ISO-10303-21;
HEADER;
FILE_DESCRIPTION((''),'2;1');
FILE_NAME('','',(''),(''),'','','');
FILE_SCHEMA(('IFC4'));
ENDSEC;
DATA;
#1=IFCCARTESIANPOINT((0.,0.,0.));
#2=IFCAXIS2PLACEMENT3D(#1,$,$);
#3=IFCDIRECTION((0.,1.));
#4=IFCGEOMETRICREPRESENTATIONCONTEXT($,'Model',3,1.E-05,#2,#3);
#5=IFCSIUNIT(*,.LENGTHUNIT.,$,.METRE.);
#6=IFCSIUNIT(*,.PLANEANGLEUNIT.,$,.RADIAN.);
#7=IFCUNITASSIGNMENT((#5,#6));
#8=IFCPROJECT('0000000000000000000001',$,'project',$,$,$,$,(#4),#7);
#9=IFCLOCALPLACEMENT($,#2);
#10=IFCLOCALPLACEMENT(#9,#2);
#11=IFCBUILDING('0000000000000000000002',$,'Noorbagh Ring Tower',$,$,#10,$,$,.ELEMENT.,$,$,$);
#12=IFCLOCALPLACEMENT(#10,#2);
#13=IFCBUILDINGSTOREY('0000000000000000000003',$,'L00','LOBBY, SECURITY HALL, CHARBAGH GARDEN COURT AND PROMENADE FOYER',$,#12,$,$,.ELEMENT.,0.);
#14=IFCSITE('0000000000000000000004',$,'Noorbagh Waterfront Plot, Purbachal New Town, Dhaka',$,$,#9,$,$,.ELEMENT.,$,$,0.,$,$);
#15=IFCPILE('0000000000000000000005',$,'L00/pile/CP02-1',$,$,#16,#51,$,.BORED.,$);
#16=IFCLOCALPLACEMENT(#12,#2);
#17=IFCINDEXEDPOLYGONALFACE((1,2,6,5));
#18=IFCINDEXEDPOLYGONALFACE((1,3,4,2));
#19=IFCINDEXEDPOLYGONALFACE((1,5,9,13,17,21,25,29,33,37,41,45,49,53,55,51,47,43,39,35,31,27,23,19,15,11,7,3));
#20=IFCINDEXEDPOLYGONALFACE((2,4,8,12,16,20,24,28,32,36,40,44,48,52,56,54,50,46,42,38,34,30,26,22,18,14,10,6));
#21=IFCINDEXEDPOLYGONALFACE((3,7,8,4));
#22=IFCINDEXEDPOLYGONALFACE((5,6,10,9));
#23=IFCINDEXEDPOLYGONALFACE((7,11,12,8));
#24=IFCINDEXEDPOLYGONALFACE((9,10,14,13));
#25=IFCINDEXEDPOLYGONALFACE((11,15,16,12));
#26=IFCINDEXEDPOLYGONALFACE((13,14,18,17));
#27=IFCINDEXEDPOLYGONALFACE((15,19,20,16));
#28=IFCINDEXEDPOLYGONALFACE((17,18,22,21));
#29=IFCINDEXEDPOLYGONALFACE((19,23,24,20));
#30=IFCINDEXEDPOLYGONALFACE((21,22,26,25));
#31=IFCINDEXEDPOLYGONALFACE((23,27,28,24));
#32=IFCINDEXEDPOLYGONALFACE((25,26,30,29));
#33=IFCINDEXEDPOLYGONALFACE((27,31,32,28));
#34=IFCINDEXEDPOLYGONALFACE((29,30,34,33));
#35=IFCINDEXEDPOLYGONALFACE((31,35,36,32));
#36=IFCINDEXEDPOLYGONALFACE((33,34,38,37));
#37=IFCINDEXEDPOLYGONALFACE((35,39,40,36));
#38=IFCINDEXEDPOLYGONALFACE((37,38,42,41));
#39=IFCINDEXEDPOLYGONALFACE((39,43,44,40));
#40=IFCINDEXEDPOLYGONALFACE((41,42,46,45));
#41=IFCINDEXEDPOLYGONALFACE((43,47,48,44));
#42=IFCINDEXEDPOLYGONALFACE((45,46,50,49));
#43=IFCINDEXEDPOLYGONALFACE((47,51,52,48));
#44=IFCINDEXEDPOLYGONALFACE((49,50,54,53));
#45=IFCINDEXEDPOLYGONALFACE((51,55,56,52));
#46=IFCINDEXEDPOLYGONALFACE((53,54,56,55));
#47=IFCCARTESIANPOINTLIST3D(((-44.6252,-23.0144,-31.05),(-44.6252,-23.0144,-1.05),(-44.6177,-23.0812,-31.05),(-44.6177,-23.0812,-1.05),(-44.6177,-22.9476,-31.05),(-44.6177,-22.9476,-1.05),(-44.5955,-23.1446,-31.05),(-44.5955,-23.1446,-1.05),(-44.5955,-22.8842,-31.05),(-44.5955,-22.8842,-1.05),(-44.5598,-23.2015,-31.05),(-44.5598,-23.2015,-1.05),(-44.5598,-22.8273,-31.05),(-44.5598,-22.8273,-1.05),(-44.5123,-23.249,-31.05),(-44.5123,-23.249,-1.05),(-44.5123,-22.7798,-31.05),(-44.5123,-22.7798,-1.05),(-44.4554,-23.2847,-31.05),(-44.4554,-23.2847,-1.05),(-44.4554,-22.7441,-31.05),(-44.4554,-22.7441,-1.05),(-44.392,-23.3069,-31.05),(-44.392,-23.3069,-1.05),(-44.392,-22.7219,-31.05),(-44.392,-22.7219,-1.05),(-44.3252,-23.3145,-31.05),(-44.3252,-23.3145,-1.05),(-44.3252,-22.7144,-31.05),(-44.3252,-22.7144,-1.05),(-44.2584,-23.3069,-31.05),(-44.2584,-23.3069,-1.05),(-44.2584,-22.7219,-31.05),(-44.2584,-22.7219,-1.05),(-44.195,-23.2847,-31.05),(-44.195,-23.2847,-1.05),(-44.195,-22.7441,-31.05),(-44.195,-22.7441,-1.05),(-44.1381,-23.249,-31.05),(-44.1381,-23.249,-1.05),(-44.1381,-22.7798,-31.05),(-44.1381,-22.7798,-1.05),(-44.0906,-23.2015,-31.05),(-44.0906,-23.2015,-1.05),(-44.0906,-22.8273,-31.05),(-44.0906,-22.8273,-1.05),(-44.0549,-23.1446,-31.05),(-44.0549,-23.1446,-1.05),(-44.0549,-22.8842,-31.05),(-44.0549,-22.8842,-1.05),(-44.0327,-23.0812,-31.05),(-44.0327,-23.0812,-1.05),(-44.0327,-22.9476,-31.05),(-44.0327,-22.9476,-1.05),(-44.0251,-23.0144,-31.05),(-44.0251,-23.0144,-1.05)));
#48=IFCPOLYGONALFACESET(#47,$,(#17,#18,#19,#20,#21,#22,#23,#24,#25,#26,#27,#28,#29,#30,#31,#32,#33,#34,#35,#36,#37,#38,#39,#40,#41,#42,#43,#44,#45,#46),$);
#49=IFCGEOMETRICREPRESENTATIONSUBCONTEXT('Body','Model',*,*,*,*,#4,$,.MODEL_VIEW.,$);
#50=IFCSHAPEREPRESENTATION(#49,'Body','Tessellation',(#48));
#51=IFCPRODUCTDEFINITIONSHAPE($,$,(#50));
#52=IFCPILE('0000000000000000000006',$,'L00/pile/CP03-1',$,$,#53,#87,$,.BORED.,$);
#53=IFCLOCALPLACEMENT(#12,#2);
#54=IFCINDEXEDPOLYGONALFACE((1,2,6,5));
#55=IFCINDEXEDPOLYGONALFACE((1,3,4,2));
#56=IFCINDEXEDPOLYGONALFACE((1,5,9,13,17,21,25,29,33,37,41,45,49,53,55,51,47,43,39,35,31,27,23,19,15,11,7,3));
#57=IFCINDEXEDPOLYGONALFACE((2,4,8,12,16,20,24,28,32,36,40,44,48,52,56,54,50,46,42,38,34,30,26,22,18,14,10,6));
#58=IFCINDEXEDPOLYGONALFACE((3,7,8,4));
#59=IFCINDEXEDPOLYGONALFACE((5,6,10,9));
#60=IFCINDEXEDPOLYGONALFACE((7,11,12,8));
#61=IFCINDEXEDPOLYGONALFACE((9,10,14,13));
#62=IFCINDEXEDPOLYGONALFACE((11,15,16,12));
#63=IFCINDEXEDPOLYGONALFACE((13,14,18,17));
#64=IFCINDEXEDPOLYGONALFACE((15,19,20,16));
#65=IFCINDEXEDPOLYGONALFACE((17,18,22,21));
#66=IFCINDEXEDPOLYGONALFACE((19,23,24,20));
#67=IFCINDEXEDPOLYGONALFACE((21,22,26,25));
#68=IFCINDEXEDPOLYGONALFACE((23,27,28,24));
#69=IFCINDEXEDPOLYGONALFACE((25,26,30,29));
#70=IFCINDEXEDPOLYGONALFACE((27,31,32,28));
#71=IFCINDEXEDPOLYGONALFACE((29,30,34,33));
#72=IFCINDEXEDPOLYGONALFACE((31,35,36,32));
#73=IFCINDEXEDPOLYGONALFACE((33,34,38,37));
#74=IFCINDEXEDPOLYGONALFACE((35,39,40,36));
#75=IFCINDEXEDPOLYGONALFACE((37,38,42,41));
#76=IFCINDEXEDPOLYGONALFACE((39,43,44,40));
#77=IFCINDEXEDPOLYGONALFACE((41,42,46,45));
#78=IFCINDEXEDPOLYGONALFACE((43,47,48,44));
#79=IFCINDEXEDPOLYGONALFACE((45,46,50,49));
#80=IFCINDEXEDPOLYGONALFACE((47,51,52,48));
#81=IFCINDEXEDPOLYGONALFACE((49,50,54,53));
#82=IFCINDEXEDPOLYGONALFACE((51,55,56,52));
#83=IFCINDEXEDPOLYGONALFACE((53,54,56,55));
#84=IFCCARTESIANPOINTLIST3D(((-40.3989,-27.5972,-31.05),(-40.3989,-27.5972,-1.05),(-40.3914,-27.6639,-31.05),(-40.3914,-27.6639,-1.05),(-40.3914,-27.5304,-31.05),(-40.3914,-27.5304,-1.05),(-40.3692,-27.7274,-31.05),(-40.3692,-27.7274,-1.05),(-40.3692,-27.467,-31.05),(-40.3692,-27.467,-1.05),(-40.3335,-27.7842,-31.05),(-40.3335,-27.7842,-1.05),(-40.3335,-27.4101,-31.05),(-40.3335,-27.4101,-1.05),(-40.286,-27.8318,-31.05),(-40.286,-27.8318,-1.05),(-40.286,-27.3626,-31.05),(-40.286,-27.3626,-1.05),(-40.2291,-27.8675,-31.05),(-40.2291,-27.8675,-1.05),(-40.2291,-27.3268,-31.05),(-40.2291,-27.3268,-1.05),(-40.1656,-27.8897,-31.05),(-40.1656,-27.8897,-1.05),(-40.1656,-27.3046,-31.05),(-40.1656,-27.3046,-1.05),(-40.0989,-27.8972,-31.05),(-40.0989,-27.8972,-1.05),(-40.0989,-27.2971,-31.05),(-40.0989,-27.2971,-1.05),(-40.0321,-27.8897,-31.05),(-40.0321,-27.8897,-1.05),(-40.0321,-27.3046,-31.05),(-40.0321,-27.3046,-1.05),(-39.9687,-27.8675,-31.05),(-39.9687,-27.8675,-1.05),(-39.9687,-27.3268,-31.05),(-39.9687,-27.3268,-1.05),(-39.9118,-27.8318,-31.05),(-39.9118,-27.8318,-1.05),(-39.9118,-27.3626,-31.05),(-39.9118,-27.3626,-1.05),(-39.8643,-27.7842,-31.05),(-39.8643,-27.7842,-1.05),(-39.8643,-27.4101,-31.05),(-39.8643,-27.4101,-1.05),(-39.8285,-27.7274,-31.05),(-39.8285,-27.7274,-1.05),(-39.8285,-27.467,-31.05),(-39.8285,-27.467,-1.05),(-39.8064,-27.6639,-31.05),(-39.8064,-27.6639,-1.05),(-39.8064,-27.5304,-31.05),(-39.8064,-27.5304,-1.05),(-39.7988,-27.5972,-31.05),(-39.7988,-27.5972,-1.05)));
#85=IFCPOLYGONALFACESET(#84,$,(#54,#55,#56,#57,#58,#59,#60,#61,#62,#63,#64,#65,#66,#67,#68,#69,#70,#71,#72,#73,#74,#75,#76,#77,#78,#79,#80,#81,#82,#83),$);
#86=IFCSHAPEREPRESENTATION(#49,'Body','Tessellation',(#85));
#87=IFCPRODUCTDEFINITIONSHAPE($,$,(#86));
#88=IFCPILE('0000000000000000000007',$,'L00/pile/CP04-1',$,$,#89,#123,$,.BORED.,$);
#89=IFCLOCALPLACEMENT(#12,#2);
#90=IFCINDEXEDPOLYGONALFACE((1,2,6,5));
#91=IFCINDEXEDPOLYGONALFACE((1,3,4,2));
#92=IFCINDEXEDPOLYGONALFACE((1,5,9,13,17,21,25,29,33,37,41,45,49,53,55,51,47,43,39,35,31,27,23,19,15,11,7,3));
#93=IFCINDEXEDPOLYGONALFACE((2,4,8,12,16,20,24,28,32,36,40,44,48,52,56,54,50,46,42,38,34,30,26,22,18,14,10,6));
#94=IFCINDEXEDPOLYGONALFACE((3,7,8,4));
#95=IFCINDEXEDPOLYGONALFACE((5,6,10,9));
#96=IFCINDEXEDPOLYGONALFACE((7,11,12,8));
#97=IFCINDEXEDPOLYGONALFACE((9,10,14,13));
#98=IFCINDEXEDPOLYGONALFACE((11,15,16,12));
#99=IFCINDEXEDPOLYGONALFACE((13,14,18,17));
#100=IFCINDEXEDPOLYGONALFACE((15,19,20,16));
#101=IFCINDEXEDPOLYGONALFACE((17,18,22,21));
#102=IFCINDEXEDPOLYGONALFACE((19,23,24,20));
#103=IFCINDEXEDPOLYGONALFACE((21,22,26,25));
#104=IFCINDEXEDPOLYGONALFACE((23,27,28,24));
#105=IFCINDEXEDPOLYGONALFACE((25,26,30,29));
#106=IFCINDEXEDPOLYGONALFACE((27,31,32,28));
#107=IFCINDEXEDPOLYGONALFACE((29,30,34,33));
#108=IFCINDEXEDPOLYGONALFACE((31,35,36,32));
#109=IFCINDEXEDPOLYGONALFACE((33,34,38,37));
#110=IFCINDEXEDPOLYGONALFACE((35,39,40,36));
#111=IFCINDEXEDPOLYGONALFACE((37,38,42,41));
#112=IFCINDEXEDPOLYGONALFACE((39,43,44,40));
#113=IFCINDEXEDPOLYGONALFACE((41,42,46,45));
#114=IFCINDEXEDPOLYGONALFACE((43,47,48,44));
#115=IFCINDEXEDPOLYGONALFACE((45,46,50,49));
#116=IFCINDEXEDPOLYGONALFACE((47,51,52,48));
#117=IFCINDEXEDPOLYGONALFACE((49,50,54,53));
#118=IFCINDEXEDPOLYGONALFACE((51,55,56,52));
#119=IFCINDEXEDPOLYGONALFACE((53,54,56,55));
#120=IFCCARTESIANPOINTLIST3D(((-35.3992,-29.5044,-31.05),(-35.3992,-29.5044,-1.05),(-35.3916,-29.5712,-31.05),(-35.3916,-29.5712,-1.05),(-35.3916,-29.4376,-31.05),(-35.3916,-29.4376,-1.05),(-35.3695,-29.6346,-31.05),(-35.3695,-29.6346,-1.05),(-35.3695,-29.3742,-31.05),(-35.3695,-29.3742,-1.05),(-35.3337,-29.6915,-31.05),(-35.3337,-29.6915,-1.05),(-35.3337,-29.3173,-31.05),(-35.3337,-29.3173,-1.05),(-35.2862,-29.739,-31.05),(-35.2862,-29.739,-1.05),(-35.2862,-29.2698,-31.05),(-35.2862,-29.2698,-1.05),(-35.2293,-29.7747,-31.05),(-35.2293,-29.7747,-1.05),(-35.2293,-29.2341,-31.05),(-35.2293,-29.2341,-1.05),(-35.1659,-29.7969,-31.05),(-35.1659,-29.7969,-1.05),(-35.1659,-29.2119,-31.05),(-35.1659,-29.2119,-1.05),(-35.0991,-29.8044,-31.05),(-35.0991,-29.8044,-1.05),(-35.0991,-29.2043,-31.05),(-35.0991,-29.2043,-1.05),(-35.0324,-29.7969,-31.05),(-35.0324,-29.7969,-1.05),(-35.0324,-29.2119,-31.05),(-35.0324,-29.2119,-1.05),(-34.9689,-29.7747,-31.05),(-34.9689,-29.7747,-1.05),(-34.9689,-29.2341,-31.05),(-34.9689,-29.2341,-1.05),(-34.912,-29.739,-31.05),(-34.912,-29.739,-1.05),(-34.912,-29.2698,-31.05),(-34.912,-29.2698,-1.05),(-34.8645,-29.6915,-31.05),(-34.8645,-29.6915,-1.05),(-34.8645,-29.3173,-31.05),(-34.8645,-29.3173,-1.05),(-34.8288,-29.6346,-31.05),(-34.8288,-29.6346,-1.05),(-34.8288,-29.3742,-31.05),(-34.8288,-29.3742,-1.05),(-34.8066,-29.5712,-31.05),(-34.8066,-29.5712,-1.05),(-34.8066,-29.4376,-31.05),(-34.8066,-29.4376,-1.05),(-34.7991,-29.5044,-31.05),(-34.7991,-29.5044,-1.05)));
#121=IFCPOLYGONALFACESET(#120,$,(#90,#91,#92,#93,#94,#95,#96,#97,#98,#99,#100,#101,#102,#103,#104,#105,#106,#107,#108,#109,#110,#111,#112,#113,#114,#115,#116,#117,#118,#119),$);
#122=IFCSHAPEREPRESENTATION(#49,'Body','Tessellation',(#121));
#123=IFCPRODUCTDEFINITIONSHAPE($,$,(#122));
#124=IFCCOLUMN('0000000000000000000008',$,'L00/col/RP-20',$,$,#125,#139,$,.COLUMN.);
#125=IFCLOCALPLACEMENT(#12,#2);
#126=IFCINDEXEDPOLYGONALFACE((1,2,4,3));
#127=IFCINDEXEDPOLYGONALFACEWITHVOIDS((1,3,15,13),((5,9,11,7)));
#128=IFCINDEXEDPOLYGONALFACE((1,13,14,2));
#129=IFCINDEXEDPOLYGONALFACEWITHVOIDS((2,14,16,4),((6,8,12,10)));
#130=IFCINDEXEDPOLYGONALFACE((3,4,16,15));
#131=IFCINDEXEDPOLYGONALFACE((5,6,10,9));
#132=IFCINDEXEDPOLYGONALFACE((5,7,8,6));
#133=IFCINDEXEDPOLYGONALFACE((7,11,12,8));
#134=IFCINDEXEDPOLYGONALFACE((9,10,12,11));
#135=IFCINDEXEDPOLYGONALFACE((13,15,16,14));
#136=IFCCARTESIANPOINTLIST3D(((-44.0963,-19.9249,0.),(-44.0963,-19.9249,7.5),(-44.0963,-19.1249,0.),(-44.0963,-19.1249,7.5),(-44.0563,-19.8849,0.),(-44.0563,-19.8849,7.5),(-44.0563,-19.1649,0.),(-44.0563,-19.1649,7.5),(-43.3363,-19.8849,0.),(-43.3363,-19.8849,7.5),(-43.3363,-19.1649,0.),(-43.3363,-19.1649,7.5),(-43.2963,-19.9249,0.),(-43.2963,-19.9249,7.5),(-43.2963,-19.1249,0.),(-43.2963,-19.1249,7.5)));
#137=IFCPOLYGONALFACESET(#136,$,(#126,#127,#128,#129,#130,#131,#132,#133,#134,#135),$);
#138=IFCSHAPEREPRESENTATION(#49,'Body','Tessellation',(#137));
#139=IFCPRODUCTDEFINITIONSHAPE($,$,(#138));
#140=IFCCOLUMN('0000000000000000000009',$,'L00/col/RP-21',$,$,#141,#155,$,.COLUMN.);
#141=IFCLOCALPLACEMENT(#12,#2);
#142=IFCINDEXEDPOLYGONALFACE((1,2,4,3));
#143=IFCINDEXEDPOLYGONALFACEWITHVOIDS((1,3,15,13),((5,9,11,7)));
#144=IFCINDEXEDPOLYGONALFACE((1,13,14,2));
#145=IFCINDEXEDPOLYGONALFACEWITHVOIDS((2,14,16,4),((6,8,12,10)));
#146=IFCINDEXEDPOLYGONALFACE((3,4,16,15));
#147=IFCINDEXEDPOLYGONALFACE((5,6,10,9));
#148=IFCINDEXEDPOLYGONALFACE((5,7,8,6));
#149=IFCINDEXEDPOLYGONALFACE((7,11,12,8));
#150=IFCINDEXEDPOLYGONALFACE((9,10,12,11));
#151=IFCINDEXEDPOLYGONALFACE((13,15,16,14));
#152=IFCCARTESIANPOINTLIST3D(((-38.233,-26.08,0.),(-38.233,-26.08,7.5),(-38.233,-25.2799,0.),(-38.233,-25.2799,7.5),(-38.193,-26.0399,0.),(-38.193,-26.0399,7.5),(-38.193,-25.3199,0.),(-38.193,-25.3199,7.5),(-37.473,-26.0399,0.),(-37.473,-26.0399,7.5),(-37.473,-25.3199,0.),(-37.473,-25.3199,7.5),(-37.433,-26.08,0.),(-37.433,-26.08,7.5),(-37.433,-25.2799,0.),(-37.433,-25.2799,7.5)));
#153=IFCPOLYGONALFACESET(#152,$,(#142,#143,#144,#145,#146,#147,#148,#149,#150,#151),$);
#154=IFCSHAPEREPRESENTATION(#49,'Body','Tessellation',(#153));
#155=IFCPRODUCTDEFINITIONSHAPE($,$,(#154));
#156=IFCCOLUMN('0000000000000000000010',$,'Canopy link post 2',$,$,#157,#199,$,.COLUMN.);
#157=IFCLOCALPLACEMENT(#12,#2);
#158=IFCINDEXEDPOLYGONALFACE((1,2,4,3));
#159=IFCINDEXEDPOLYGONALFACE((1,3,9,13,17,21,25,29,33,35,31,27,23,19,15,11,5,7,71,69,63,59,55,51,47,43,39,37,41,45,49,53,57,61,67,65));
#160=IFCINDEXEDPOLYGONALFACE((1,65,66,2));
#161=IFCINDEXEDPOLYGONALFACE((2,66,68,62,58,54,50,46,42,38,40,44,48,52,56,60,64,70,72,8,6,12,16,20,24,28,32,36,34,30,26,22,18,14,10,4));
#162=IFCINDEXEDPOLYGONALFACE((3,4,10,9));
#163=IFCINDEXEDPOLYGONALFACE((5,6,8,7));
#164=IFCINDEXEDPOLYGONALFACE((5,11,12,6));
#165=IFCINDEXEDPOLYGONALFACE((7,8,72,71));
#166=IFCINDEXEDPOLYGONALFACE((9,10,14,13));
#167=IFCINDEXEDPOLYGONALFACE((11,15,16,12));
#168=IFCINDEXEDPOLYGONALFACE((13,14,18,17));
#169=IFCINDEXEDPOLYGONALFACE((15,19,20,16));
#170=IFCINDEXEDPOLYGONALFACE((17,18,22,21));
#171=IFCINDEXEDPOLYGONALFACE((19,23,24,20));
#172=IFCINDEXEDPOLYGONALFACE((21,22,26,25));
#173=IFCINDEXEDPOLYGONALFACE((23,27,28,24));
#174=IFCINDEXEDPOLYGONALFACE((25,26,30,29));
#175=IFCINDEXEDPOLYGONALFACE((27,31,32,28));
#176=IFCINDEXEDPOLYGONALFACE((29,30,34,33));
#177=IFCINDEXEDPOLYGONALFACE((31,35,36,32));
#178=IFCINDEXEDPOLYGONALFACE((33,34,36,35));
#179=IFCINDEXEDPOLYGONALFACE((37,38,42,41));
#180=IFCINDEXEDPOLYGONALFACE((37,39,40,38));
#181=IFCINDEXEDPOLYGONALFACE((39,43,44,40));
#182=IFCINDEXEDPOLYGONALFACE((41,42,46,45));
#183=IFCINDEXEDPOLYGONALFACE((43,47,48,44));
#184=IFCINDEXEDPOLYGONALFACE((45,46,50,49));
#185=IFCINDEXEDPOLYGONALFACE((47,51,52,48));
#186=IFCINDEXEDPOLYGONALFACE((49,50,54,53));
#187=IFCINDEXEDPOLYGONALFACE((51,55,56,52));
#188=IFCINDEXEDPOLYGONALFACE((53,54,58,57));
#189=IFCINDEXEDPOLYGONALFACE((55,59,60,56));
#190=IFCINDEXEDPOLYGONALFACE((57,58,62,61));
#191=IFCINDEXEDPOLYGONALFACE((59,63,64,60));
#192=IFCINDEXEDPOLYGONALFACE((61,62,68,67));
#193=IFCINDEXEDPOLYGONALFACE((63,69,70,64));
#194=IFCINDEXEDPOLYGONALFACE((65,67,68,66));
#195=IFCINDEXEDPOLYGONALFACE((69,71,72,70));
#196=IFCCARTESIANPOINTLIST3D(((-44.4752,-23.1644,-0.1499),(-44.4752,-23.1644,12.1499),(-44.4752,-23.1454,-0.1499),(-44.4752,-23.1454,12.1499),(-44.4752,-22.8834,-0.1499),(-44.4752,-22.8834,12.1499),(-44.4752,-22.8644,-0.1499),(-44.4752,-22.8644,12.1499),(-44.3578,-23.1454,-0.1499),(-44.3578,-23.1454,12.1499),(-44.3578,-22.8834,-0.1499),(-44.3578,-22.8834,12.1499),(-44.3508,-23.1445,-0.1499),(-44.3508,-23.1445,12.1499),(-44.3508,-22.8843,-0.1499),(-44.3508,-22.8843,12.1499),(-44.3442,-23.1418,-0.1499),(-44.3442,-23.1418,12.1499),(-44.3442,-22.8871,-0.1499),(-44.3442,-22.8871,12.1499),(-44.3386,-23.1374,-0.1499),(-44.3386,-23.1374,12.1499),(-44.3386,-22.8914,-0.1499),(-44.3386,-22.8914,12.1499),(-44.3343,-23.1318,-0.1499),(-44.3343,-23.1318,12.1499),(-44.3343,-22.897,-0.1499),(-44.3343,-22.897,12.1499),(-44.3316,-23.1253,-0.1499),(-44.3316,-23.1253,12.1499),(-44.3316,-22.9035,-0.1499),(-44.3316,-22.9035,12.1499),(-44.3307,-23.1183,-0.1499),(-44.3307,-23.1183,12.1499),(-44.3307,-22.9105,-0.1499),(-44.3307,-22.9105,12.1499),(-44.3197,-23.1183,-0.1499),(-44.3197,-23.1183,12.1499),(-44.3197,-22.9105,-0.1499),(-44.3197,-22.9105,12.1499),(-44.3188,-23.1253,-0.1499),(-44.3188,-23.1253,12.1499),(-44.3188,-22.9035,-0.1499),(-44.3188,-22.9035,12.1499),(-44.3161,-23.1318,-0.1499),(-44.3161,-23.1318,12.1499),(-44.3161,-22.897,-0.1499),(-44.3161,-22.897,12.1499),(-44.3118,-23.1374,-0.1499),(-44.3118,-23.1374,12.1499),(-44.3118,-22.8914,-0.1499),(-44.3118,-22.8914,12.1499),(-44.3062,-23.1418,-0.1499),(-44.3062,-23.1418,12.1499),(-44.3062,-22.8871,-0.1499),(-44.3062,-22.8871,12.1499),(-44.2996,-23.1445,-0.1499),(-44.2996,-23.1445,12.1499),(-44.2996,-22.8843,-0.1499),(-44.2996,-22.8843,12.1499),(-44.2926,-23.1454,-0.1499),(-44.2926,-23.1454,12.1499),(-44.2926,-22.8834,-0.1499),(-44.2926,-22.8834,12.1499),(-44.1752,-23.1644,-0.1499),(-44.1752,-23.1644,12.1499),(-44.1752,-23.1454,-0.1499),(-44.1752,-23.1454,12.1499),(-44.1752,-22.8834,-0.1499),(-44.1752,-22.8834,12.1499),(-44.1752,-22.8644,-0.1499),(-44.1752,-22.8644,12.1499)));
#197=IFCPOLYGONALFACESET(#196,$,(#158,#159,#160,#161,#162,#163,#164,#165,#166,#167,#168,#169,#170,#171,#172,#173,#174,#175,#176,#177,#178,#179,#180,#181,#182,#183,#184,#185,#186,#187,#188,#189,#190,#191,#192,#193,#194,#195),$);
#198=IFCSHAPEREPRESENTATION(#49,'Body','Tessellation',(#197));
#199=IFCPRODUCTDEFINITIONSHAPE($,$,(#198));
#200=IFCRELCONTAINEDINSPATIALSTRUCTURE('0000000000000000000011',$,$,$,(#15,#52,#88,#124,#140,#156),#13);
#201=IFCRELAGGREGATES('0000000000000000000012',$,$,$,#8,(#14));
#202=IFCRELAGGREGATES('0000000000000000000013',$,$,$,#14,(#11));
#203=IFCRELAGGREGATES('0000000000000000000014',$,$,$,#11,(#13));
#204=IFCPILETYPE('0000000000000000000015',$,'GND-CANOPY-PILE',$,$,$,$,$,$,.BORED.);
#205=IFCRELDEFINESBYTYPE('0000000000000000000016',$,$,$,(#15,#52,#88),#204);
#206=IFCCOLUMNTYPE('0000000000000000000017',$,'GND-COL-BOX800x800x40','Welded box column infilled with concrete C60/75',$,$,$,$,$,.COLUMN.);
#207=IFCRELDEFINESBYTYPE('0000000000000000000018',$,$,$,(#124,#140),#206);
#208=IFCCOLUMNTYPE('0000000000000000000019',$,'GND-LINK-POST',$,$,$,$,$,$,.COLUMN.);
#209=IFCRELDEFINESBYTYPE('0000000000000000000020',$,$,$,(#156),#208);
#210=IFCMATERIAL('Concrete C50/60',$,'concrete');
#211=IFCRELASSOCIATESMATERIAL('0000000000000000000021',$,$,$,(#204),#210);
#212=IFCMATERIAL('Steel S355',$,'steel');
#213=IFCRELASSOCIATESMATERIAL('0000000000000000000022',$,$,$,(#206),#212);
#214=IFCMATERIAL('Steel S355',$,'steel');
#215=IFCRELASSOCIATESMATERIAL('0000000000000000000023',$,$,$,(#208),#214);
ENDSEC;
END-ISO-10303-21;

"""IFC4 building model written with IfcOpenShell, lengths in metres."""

from ifc_helpers import new_model, si_unit, direction, frame, origin, origin_2d, place, context, subcontext, project, spatial, hollow_rectangle, circle, i_section, extrude, material, material_profile, profile_set, type_object, element, save


model = new_model("IFC4")

# Units and contexts
model_context = context("Model", 3, precision=1e-05, world=origin(), true_north=direction((0.0, 1.0)))
body_context = subcontext(model_context, "Body", "Model", "MODEL_VIEW")
ifc_project = project(units=[si_unit("LENGTHUNIT", "METRE"), si_unit("PLANEANGLEUNIT", "RADIAN")], contexts=[model_context])

# Site, building, storey
site_placement = place(None, origin())
site = spatial("IfcSite", under=ifc_project, at=site_placement, Name="Noorbagh Waterfront Plot, Purbachal New Town, Dhaka", CompositionType="ELEMENT", RefElevation=0.0)
building_placement = place(site_placement, origin())
building = spatial("IfcBuilding", under=site, at=building_placement, Name="Noorbagh Ring Tower", CompositionType="ELEMENT")
storey_placement = place(building_placement, origin())
storey = spatial("IfcBuildingStorey", under=building, at=storey_placement, Name="L00", Description="LOBBY, SECURITY HALL, CHARBAGH GARDEN COURT AND PROMENADE FOYER", CompositionType="ELEMENT", Elevation=0.0)

# Piles
ifc_material_1 = material(Name="Concrete C50/60", Category="concrete")
ifc_material_profile_1 = material_profile(ifc_material_1, circle(Radius=0.3, at=origin_2d()), Name="PILE600")
ifc_profile_set_1 = profile_set([ifc_material_profile_1], Name="Concrete C50/60")
pile_type = type_object("IfcPileType", Name="GND-CANOPY-PILE", PredefinedType="BORED", material=ifc_profile_set_1)
for number, where, z_axis, x_axis, name in (
    (1, (-44.3252, -23.0144, -1.05), (0.0, 0.0, -1.0), (1.0, 0.0, 0.0), "L00/pile/CP02-1"),
    (2, (-40.0989, -27.5972, -1.05), (0.0, 0.0, -1.0), (1.0, 0.0, 0.0), "L00/pile/CP03-1"),
    (3, (-35.0991, -29.5044, -1.05), (0.0, 0.0, -1.0), (1.0, 0.0, 0.0), "L00/pile/CP04-1"),
):
    element("IfcPile", number, at=place(storey_placement, frame(where, z_axis=z_axis, x_axis=x_axis)), inside=storey, type_object=pile_type, Name=name, PredefinedType="BORED", context=body_context, shape_type="SweptSolid", body=[
        extrude(circle(Radius=0.3, at=origin_2d()), origin(), (0.0, 0.0, 1.0), 30.0),
    ])

# Columns
ifc_material_2 = material(Name="Steel S355", Category="steel")
ifc_material_profile_2 = material_profile(ifc_material_2, hollow_rectangle(XDim=0.8, YDim=0.8, WallThickness=0.04, at=origin_2d()), Name="BOX800x800x40")
ifc_profile_set_2 = profile_set([ifc_material_profile_2], Name="Steel S355")
column_type_1 = type_object("IfcColumnType", Name="GND-COL-BOX800x800x40", Description="Welded box column infilled with concrete C60/75", PredefinedType="COLUMN", material=ifc_profile_set_2)
for number, where, z_axis, x_axis, name in (
    (4, (-43.6963, -19.5249, 0.0), (0.0, 0.0, 1.0), (1.0, 0.0, 0.0), "L00/col/RP-20"),
    (5, (-37.833, -25.6799, 0.0), (0.0, 0.0, 1.0), (1.0, 0.0, 0.0), "L00/col/RP-21"),
):
    element("IfcColumn", number, at=place(storey_placement, frame(where, z_axis=z_axis, x_axis=x_axis)), inside=storey, type_object=column_type_1, Name=name, PredefinedType="COLUMN", context=body_context, shape_type="SweptSolid", body=[
        extrude(hollow_rectangle(XDim=0.8, YDim=0.8, WallThickness=0.04, at=origin_2d()), origin(), (0.0, 0.0, 1.0), 7.5),
    ])
ifc_material_3 = material(Name="Steel S355", Category="steel")
ifc_material_profile_3 = material_profile(ifc_material_3, i_section(OverallWidth=0.3, OverallDepth=0.3, WebThickness=0.011, FlangeThickness=0.019, FilletRadius=0.0271, at=origin_2d()), Name="HEB300")
ifc_profile_set_3 = profile_set([ifc_material_profile_3], Name="Steel S355")
column_type_2 = type_object("IfcColumnType", Name="GND-LINK-POST", PredefinedType="COLUMN", material=ifc_profile_set_3)
for number, where, z_axis, x_axis, name in (
    (6, (-44.3252, -23.0144, -0.1499), (0.0, 0.0, 1.0), (1.0, 0.0, 0.0), "Canopy link post 2"),
):
    element("IfcColumn", number, at=place(storey_placement, frame(where, z_axis=z_axis, x_axis=x_axis)), inside=storey, type_object=column_type_2, Name=name, PredefinedType="COLUMN", context=body_context, shape_type="SweptSolid", body=[
        extrude(i_section(OverallWidth=0.3, OverallDepth=0.3, WebThickness=0.011, FlangeThickness=0.019, FilletRadius=0.0271, at=origin_2d()), origin(), (0.0, 0.0, 1.0), 12.2998),
    ])

save(model, "model.ifc")
